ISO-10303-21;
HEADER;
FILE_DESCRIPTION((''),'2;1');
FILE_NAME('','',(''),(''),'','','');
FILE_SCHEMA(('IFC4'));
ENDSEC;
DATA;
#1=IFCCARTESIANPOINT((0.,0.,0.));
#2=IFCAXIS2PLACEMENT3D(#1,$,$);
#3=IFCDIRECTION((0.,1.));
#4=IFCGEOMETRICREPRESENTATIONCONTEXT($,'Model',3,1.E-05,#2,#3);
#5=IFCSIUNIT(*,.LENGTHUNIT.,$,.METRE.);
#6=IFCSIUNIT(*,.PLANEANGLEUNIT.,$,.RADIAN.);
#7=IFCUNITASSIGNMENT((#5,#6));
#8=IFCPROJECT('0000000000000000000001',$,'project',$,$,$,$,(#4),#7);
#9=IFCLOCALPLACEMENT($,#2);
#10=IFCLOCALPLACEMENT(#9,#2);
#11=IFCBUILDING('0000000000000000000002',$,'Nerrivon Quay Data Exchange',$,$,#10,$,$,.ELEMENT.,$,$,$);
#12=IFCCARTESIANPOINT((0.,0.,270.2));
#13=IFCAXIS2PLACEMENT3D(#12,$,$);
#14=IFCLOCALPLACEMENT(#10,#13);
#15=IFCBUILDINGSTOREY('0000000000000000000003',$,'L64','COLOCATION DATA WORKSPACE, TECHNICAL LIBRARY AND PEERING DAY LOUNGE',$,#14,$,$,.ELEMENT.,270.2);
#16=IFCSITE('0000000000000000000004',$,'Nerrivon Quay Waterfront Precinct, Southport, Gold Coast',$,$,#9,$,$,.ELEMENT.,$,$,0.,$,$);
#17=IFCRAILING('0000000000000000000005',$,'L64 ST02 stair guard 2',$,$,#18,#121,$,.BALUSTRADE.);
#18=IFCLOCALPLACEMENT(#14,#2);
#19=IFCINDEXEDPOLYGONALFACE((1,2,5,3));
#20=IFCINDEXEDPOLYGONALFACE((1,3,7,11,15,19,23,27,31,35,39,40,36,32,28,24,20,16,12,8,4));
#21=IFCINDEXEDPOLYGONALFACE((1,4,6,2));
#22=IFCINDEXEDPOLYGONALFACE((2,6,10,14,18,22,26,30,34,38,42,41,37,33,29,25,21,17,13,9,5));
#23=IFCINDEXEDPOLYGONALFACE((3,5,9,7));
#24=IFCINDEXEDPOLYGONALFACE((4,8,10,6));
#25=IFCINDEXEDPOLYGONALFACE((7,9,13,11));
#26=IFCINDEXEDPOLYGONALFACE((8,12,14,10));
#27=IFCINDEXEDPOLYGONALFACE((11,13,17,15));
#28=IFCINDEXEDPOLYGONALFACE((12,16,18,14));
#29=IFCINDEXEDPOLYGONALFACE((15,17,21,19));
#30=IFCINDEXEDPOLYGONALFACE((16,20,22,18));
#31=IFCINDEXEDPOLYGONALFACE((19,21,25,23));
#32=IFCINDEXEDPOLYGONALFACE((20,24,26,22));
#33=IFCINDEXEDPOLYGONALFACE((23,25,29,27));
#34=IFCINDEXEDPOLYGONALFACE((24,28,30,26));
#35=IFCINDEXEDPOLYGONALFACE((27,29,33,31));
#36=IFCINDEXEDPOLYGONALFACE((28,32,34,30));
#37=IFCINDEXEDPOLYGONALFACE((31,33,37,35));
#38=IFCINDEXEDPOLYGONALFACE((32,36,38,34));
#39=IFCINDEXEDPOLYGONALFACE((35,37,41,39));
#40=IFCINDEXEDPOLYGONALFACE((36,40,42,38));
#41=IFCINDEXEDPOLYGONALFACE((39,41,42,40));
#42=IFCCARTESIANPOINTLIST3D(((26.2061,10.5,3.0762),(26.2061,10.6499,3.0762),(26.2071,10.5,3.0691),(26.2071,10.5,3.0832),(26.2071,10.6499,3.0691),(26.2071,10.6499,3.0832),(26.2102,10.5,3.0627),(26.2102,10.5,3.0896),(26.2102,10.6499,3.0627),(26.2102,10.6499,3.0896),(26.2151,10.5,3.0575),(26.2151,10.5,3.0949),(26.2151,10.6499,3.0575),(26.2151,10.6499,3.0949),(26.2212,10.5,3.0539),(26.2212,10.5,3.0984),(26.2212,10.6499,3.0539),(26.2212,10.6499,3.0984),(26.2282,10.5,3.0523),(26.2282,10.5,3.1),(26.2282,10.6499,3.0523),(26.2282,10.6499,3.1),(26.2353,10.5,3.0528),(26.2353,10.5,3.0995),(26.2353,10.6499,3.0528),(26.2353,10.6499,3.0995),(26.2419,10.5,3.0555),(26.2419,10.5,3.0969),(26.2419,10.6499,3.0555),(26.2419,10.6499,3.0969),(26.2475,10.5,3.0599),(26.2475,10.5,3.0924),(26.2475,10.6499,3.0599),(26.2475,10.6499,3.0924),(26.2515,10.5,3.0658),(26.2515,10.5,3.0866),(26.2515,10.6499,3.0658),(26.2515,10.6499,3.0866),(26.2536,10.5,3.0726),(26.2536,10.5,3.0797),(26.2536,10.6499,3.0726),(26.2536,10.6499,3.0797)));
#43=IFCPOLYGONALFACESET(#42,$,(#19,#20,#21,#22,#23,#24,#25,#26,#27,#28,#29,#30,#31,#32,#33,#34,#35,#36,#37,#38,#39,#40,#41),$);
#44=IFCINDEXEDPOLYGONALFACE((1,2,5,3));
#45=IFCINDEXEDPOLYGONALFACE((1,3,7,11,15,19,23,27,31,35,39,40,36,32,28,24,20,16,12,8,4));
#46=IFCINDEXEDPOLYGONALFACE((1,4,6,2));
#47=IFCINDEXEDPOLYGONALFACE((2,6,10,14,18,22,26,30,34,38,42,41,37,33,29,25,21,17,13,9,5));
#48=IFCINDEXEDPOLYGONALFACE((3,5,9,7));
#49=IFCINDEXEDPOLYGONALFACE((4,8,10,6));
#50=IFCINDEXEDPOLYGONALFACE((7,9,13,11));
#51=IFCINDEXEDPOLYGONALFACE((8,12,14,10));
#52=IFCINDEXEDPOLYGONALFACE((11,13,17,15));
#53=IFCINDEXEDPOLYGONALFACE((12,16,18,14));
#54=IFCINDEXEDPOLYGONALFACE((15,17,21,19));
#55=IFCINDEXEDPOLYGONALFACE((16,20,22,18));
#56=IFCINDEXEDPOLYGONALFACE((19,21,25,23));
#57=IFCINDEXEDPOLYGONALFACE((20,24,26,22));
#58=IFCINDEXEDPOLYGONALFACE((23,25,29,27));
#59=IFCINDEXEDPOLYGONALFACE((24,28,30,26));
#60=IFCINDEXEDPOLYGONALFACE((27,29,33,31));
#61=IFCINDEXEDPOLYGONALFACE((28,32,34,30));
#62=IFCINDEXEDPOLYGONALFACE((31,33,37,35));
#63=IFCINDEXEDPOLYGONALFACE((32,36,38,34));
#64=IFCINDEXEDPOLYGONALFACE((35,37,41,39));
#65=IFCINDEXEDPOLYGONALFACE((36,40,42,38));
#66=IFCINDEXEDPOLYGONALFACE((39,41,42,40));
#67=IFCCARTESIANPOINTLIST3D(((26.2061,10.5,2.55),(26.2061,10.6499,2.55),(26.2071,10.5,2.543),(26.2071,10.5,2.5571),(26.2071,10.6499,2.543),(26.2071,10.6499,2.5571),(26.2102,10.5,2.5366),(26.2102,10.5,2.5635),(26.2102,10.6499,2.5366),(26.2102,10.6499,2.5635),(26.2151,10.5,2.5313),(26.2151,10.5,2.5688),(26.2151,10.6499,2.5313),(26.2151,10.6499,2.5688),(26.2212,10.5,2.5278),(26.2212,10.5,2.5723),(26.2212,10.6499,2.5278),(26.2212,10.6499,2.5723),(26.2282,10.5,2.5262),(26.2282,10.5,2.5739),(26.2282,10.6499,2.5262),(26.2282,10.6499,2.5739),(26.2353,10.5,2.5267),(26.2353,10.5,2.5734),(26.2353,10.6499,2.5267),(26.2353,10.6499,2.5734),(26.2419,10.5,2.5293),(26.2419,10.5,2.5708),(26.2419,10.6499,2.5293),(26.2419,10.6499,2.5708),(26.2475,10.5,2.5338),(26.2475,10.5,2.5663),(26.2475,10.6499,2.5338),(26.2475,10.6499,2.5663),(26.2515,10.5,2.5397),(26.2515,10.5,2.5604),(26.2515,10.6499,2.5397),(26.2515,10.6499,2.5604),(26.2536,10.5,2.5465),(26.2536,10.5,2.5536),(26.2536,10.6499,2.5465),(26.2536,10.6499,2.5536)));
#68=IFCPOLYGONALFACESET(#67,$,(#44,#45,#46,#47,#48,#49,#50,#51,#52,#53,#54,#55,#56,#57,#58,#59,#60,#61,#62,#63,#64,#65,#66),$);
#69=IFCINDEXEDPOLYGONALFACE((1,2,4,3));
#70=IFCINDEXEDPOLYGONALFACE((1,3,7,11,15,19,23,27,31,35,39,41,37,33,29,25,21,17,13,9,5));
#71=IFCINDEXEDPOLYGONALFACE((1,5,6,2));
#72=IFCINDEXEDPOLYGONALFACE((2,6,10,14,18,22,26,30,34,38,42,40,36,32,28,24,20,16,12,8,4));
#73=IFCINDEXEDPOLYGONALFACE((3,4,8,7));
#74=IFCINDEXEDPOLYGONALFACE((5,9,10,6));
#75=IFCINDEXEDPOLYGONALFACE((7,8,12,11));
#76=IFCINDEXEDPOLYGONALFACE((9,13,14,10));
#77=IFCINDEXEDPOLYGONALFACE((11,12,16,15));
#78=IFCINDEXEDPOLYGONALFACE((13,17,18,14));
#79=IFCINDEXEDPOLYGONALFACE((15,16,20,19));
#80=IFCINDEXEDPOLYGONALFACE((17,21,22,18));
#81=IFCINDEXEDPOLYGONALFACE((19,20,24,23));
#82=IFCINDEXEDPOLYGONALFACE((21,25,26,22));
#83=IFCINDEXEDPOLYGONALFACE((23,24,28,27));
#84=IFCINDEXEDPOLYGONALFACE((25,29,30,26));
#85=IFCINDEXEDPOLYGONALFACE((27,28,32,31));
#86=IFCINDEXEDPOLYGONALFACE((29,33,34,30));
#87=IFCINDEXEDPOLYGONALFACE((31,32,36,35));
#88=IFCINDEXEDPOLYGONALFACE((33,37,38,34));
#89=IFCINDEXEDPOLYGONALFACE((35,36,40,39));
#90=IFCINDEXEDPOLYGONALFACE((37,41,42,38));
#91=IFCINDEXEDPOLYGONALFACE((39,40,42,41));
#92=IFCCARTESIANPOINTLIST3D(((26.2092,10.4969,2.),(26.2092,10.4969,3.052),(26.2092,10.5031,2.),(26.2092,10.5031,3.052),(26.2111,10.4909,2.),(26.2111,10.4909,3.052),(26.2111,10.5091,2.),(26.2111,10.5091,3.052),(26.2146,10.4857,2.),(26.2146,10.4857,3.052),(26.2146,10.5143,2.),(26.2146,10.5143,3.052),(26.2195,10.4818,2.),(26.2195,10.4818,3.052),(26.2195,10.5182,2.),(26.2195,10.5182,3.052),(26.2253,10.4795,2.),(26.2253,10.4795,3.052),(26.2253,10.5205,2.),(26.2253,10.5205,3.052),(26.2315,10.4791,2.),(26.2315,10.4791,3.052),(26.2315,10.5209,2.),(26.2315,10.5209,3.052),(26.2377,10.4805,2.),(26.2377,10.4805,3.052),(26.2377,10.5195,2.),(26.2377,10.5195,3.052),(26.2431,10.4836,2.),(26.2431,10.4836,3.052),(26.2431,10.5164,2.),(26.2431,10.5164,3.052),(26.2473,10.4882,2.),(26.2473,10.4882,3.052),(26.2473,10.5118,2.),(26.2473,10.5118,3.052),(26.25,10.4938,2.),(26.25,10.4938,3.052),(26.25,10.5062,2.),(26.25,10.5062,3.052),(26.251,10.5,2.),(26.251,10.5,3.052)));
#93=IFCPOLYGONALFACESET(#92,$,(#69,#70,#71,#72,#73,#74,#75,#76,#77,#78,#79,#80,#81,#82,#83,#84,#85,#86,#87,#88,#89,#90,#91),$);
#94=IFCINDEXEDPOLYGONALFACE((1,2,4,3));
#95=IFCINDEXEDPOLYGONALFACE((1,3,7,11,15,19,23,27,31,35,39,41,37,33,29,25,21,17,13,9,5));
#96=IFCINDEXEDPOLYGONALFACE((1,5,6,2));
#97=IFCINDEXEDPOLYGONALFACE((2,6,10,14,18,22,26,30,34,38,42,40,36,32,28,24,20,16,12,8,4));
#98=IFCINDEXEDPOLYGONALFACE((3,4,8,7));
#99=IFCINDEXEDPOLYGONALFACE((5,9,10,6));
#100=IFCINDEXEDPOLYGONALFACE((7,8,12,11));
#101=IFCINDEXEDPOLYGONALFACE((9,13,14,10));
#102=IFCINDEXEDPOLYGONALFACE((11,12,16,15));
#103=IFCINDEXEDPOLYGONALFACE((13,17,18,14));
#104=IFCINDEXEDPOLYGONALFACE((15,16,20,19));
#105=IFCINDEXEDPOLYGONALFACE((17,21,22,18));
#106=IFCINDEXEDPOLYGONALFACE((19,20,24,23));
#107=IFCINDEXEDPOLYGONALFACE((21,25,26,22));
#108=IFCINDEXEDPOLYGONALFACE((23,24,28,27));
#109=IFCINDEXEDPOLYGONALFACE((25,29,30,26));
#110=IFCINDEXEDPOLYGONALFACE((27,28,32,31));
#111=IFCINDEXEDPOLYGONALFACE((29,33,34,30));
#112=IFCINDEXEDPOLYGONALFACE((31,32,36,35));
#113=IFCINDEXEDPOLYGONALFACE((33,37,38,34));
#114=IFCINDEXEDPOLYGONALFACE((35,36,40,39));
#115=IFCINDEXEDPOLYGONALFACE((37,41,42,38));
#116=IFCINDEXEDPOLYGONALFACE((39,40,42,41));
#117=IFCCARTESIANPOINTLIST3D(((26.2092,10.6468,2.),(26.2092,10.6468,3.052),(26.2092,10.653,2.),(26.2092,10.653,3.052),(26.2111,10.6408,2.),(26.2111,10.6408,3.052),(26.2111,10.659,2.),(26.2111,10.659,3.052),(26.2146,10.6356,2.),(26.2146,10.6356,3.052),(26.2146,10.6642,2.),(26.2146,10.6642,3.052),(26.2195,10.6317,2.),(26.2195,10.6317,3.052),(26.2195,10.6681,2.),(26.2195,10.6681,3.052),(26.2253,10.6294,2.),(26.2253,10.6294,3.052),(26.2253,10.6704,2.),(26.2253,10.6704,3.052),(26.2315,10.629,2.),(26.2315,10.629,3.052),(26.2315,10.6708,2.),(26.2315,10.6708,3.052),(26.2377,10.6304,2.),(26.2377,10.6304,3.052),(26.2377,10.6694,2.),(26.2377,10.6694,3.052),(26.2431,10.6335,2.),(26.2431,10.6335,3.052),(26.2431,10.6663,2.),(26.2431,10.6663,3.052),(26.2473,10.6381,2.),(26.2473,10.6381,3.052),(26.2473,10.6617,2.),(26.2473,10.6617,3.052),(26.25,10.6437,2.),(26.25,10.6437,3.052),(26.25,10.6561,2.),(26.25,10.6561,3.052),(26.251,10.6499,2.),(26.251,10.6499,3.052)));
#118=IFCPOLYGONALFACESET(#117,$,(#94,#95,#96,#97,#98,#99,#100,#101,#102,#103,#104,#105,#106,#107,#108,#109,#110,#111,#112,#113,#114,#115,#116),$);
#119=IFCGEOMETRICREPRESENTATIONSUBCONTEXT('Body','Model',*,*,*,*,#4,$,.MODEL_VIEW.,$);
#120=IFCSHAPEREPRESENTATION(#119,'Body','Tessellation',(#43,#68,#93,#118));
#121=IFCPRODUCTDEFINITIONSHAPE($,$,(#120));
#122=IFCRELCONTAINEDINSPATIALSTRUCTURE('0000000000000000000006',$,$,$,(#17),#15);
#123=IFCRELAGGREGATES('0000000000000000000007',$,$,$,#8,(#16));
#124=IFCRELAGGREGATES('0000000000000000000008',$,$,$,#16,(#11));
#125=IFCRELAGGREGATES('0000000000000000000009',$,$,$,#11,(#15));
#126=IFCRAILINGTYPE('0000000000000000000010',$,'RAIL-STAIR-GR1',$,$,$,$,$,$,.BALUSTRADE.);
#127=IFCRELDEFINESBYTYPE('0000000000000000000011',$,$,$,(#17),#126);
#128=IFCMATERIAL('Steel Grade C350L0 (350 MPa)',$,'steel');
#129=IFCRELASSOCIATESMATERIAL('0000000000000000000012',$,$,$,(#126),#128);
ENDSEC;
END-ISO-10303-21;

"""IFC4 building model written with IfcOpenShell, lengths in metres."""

from ifc_helpers import new_model, si_unit, direction, frame, origin, origin_2d, place, context, subcontext, project, spatial, circle, extrude, material, type_object, element, save


model = new_model("IFC4")

# Units and contexts
model_context = context("Model", 3, precision=1e-05, world=origin(), true_north=direction((0.0, 1.0)))
body_context = subcontext(model_context, "Body", "Model", "MODEL_VIEW")
ifc_project = project(units=[si_unit("LENGTHUNIT", "METRE"), si_unit("PLANEANGLEUNIT", "RADIAN")], contexts=[model_context])

# Site, building, storey
site_placement = place(None, origin())
site = spatial("IfcSite", under=ifc_project, at=site_placement, Name="Nerrivon Quay Waterfront Precinct, Southport, Gold Coast", CompositionType="ELEMENT", RefElevation=0.0)
building_placement = place(site_placement, origin())
building = spatial("IfcBuilding", under=site, at=building_placement, Name="Nerrivon Quay Data Exchange", CompositionType="ELEMENT")
storey_placement = place(building_placement, frame((0.0, 0.0, 270.2)))
storey = spatial("IfcBuildingStorey", under=building, at=storey_placement, Name="L64", Description="COLOCATION DATA WORKSPACE, TECHNICAL LIBRARY AND PEERING DAY LOUNGE", CompositionType="ELEMENT", Elevation=270.2)

# Railing
ifc_material_1 = material(Name="Steel Grade C350L0 (350 MPa)", Category="steel")
railing_type_1 = type_object("IfcRailingType", Name="RAIL-STAIR-GR1", PredefinedType="BALUSTRADE", material=ifc_material_1)
railing_1_placement = place(storey_placement, frame((26.23, 10.5, 2.0)))
element("IfcRailing", 1, at=railing_1_placement, inside=storey, type_object=railing_type_1, Name="L64 ST02 stair guard 2", PredefinedType="BALUSTRADE", context=body_context, shape_type="SweptSolid", body=[
    extrude(circle(Radius=0.0239, at=origin_2d()), frame((0.0, 0.0, 1.0762), z_axis=(0.0, 1.0, 0.0), x_axis=(-1.0, 0.0, 0.0)), (0.0, 0.0, 1.0), 0.1499),
    extrude(circle(Radius=0.0239, at=origin_2d()), frame((0.0, 0.0, 0.55), z_axis=(0.0, 1.0, 0.0), x_axis=(-1.0, 0.0, 0.0)), (0.0, 0.0, 1.0), 0.1499),
    extrude(circle(Radius=0.021, at=origin_2d()), origin(), (0.0, 0.0, 1.0), 1.052),
    extrude(circle(Radius=0.021, at=origin_2d()), frame((0.0, 0.1499, 0.0)), (0.0, 0.0, 1.0), 1.052),
])

save(model, "model.ifc")
